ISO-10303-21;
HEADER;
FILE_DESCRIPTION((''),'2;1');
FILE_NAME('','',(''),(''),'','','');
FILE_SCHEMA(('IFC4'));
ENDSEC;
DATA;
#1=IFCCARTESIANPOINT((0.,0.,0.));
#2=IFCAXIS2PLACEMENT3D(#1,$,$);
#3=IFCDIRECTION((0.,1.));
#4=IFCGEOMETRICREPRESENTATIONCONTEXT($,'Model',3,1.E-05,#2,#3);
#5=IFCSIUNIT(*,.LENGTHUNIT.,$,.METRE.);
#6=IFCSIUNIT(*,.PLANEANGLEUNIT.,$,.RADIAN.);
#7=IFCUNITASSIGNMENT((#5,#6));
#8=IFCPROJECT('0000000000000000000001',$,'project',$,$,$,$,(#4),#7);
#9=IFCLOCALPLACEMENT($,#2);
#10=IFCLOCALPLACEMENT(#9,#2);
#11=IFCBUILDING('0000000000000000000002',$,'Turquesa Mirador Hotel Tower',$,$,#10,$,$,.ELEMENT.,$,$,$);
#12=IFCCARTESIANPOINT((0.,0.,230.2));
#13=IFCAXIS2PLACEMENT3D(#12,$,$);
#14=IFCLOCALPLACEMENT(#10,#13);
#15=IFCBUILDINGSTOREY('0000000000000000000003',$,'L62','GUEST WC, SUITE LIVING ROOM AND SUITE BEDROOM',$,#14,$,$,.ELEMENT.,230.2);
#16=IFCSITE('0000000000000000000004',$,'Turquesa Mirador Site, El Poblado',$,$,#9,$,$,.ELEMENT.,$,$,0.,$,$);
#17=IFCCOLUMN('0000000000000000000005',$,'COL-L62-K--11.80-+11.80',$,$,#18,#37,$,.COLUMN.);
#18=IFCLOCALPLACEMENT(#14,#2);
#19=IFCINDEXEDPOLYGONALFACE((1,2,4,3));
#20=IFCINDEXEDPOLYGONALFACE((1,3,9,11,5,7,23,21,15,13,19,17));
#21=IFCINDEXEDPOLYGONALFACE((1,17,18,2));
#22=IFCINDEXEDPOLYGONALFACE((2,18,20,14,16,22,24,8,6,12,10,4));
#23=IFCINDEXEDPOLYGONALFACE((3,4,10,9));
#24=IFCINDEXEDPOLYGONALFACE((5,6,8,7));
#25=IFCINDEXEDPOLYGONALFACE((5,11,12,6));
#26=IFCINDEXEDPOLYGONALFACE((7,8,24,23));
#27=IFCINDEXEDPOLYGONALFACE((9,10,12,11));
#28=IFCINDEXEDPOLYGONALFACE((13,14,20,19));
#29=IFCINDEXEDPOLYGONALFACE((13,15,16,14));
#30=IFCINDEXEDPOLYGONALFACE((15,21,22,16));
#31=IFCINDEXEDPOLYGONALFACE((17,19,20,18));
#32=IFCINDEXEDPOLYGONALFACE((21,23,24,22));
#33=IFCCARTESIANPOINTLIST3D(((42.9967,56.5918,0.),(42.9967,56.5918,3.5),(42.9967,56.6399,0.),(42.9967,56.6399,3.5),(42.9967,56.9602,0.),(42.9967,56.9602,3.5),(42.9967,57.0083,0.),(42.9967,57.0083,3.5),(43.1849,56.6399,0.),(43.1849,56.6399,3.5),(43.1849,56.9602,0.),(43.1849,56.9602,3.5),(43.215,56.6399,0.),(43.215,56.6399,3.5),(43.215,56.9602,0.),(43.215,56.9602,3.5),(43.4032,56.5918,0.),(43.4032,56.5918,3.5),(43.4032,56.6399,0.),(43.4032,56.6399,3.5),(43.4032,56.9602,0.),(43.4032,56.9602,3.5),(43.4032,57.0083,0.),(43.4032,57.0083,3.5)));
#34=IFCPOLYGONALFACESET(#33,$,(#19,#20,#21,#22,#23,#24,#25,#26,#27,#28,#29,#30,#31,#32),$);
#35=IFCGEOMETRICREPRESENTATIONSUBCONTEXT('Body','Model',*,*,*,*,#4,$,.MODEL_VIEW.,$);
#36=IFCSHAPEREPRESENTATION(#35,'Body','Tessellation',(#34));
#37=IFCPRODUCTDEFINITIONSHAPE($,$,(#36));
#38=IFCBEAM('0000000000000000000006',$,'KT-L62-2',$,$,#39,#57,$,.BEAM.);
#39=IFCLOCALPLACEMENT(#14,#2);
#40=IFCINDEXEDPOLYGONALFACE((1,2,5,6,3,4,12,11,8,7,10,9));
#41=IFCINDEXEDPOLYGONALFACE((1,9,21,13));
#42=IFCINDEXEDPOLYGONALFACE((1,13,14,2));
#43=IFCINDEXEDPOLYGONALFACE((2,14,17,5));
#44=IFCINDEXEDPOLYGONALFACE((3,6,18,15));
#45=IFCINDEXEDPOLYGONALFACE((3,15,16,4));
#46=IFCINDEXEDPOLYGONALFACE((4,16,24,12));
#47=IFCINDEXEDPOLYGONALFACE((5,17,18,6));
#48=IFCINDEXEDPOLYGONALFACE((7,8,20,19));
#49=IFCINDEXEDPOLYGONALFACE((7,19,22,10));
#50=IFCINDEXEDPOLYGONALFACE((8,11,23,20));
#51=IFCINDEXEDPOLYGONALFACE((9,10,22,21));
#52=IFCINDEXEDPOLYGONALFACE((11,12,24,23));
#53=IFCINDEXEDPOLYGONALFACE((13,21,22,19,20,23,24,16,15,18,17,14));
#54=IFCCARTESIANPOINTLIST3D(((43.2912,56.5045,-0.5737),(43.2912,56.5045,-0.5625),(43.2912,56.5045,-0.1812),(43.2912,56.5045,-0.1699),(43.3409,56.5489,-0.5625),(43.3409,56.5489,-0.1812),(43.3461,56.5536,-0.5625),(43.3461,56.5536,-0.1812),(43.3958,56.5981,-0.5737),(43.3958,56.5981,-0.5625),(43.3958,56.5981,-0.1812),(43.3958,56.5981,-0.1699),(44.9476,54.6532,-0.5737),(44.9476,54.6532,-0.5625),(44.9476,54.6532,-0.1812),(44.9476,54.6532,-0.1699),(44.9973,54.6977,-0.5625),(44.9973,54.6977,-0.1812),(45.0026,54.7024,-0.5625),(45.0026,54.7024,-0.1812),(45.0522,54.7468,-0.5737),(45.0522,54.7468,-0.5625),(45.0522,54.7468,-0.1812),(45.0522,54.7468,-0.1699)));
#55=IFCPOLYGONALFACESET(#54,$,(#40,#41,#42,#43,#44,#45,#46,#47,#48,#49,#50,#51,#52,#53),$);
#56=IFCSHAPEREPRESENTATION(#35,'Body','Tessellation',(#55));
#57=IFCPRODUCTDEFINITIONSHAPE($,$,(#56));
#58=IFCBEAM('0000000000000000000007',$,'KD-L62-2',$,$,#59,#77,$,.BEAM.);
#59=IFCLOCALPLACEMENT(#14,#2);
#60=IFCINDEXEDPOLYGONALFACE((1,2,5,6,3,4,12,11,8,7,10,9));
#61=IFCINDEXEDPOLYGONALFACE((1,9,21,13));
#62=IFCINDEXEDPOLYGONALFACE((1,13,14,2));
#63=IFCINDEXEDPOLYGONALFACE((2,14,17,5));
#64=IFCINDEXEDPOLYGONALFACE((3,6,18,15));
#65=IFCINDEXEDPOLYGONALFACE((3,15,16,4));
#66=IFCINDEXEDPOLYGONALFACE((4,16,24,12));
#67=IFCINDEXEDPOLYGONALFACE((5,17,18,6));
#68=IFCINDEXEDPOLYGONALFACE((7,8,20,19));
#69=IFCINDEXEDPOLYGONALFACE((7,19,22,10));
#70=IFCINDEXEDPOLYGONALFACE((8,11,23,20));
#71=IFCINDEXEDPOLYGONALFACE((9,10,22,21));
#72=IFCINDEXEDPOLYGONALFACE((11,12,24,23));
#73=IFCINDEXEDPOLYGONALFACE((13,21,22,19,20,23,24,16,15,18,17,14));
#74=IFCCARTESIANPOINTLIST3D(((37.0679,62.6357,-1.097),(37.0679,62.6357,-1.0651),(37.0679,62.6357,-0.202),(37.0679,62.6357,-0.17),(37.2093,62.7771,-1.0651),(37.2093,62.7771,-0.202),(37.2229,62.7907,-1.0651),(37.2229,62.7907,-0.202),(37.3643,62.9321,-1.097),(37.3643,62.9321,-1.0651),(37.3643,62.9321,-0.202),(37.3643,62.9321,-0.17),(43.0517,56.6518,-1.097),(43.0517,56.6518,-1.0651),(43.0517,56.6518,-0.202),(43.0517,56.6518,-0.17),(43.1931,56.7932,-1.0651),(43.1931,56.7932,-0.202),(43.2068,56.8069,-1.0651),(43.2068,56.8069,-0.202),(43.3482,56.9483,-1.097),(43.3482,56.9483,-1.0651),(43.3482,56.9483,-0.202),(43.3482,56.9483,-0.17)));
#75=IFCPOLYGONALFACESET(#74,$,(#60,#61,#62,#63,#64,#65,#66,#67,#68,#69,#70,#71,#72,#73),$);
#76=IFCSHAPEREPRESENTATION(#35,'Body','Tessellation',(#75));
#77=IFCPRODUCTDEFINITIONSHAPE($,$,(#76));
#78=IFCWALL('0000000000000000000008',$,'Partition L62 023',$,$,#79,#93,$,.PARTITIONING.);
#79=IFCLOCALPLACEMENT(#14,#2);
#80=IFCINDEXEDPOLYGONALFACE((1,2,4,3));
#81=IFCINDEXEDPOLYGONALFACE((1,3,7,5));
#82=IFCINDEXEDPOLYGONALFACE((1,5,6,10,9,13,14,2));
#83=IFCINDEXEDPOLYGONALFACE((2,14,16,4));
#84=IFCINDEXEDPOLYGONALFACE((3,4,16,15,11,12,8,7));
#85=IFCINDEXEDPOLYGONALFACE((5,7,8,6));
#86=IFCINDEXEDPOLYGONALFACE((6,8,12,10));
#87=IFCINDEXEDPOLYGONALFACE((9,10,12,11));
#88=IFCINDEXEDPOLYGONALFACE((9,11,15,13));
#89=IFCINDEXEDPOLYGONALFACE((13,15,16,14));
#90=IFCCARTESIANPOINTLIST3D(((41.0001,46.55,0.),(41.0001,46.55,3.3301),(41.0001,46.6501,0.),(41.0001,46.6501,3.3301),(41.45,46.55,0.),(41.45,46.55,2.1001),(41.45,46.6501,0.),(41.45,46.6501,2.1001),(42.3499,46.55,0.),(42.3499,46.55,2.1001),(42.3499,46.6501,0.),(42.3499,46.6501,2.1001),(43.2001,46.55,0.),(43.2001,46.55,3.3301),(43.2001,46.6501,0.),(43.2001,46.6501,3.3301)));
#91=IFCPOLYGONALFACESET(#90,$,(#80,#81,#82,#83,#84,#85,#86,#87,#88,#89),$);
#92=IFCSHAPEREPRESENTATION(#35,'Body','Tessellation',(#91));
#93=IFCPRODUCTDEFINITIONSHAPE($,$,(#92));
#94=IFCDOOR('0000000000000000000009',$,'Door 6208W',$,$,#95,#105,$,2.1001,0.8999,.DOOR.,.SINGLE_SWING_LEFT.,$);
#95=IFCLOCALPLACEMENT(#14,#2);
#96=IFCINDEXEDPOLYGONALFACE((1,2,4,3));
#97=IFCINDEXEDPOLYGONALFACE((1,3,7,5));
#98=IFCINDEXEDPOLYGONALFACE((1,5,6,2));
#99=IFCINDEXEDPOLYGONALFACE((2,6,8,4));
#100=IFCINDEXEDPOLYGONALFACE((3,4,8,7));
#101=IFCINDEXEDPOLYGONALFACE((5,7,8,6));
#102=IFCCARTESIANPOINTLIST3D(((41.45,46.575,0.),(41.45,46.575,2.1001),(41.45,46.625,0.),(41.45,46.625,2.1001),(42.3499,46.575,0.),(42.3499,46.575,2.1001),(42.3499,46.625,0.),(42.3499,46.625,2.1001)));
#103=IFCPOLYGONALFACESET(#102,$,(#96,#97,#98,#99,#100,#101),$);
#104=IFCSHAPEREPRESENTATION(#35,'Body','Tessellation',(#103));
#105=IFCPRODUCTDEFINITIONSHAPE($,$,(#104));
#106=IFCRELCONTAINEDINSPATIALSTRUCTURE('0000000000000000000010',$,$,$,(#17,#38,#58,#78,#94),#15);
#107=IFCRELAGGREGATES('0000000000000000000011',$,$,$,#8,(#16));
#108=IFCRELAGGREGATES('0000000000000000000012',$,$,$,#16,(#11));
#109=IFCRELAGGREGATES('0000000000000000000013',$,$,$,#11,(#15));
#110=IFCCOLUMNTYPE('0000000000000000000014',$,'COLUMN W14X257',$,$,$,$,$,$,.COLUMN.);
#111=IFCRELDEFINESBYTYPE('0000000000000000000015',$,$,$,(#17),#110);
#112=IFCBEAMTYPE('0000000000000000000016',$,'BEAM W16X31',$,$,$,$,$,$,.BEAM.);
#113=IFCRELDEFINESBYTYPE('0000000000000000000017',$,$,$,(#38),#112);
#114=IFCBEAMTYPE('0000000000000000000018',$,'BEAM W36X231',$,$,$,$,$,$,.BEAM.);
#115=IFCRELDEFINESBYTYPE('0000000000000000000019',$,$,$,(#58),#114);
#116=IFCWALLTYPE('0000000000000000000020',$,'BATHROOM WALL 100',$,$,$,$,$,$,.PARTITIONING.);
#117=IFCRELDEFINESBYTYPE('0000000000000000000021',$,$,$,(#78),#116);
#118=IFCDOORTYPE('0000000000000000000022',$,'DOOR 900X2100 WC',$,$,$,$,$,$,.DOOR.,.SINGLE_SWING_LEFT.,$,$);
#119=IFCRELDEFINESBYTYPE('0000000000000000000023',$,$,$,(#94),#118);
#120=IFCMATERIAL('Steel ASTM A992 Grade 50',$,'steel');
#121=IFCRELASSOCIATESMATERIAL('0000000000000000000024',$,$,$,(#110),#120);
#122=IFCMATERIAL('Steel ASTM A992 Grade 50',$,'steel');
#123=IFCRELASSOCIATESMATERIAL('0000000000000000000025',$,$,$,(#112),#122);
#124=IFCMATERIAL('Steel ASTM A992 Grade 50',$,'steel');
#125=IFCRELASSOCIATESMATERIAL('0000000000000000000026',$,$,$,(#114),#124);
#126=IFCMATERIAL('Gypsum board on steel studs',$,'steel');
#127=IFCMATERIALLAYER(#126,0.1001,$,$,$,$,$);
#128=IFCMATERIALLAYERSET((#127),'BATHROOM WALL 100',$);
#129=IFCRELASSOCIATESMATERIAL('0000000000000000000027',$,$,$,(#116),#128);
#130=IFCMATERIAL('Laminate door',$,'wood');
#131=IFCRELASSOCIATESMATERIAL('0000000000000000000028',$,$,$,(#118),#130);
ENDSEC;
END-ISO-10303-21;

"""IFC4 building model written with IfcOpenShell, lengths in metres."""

from ifc_helpers import new_model, si_unit, direction, frame, frame_2d, origin, origin_2d, place, context, subcontext, project, spatial, rectangle, i_section, extrude, material, layer, layer_set, material_profile, profile_set, type_object, element, fill, save


model = new_model("IFC4")

# Units and contexts
model_context = context("Model", 3, precision=1e-05, world=origin(), true_north=direction((0.0, 1.0)))
body_context = subcontext(model_context, "Body", "Model", "MODEL_VIEW")
ifc_project = project(units=[si_unit("LENGTHUNIT", "METRE"), si_unit("PLANEANGLEUNIT", "RADIAN")], contexts=[model_context])

# Site, building, storey
site_placement = place(None, origin())
site = spatial("IfcSite", under=ifc_project, at=site_placement, Name="Turquesa Mirador Site, El Poblado", CompositionType="ELEMENT", RefElevation=0.0)
building_placement = place(site_placement, origin())
building = spatial("IfcBuilding", under=site, at=building_placement, Name="Turquesa Mirador Hotel Tower", CompositionType="ELEMENT")
storey_placement = place(building_placement, frame((0.0, 0.0, 230.2)))
storey = spatial("IfcBuildingStorey", under=building, at=storey_placement, Name="L62", Description="GUEST WC, SUITE LIVING ROOM AND SUITE BEDROOM", CompositionType="ELEMENT", Elevation=230.2)

# Column
ifc_material_1 = material(Name="Steel ASTM A992 Grade 50", Category="steel")
ifc_material_profile_1 = material_profile(ifc_material_1, i_section(OverallWidth=0.4065, OverallDepth=0.4165, WebThickness=0.03, FlangeThickness=0.0481, at=origin_2d()), Name="W14X257")
ifc_profile_set_1 = profile_set([ifc_material_profile_1], Name="Steel ASTM A992 Grade 50")
column_type = type_object("IfcColumnType", Name="COLUMN W14X257", PredefinedType="COLUMN", material=ifc_profile_set_1)
column_placement = place(storey_placement, frame((43.2, 56.8, 0.0), z_axis=(0.0, 0.0, 1.0), x_axis=(1.0, 0.0, 0.0)))
element("IfcColumn", 1, at=column_placement, inside=storey, type_object=column_type, Name="COL-L62-K--11.80-+11.80", PredefinedType="COLUMN", context=body_context, shape_type="SweptSolid", body=[
    extrude(i_section(OverallWidth=0.4065, OverallDepth=0.4165, WebThickness=0.03, FlangeThickness=0.0481, at=origin_2d()), origin(), (0.0, 0.0, 1.0), 3.5),
])

# Beams
ifc_material_2 = material(Name="Steel ASTM A992 Grade 50", Category="steel")
ifc_material_profile_2 = material_profile(ifc_material_2, i_section(OverallWidth=0.1404, OverallDepth=0.4038, WebThickness=0.0071, FlangeThickness=0.0112, at=origin_2d()), Name="W16X31")
ifc_profile_set_2 = profile_set([ifc_material_profile_2], Name="Steel ASTM A992 Grade 50")
beam_type_1 = type_object("IfcBeamType", Name="BEAM W16X31", PredefinedType="BEAM", material=ifc_profile_set_2)
beam_1_placement = place(storey_placement, frame((43.3435, 56.5513, -0.3718), z_axis=(0.666806, -0.745231, 0.0), x_axis=(0.745231, 0.666806, 0.0)))
element("IfcBeam", 2, at=beam_1_placement, inside=storey, type_object=beam_type_1, Name="KT-L62-2", PredefinedType="BEAM", context=body_context, shape_type="SweptSolid", body=[
    extrude(i_section(OverallWidth=0.1404, OverallDepth=0.4038, WebThickness=0.0071, FlangeThickness=0.0112, at=origin_2d()), origin(), (0.0, 0.0, 1.0), 2.4841),
])
ifc_material_3 = material(Name="Steel ASTM A992 Grade 50", Category="steel")
ifc_material_profile_3 = material_profile(ifc_material_3, i_section(OverallWidth=0.4192, OverallDepth=0.927, WebThickness=0.0193, FlangeThickness=0.032, at=origin_2d()), Name="W36X231")
ifc_profile_set_3 = profile_set([ifc_material_profile_3], Name="Steel ASTM A992 Grade 50")
beam_type_2 = type_object("IfcBeamType", Name="BEAM W36X231", PredefinedType="BEAM", material=ifc_profile_set_3)
beam_2_placement = place(storey_placement, frame((43.2, 56.8, -0.6335), z_axis=(-0.707107, 0.707107, 0.0), x_axis=(-0.707107, -0.707107, 0.0)))
element("IfcBeam", 3, at=beam_2_placement, inside=storey, type_object=beam_type_2, Name="KD-L62-2", PredefinedType="BEAM", context=body_context, shape_type="SweptSolid", body=[
    extrude(i_section(OverallWidth=0.4192, OverallDepth=0.927, WebThickness=0.0193, FlangeThickness=0.032, at=origin_2d()), origin(), (0.0, 0.0, 1.0), 8.4624),
])

# Wall, opening, door
ifc_material_4 = material(Name="Gypsum board on steel studs", Category="steel")
ifc_layer_1 = layer(ifc_material_4, 0.1001)
ifc_layer_set_1 = layer_set([ifc_layer_1], Name="BATHROOM WALL 100")
wall_type_1 = type_object("IfcWallType", Name="BATHROOM WALL 100", PredefinedType="PARTITIONING", material=ifc_layer_set_1)
wall_1_placement = place(storey_placement, frame((41.0, 46.6001, 0.0), z_axis=(0.0, 0.0, 1.0), x_axis=(1.0, 0.0, 0.0)))
wall_1 = element("IfcWall", 4, at=wall_1_placement, inside=storey, type_object=wall_type_1, Name="Partition L62 023", PredefinedType="PARTITIONING", context=body_context, shape_type="SweptSolid", body=[
    extrude(rectangle(XDim=2.2, YDim=0.1001, at=frame_2d((1.1001, 0.0))), origin(), (0.0, 0.0, 1.0), 3.3301),
])
opening_1_placement = place(wall_1_placement, frame((0.45, 0.0, 0.0)))
opening_1 = element("IfcOpeningElement", 5, at=opening_1_placement, cuts=wall_1, PredefinedType="OPENING", context=body_context, shape_type="SweptSolid", body=[
    extrude(rectangle(XDim=0.8999, YDim=2.1001, at=frame_2d((0.45, 1.05))), frame((0.0, 0.0601, 0.0), z_axis=(0.0, -1.0, 0.0), x_axis=(1.0, 0.0, 0.0)), (0.0, 0.0, 1.0), 0.1201),
])
ifc_material_5 = material(Name="Laminate door", Category="wood")
door_type_1 = type_object("IfcDoorType", Name="DOOR 900X2100 WC", OperationType="SINGLE_SWING_LEFT", PredefinedType="DOOR", material=ifc_material_5)
door_1_placement = place(opening_1_placement, origin())
door_1 = element("IfcDoor", 6, at=door_1_placement, inside=storey, type_object=door_type_1, Name="Door 6208W", OperationType="SINGLE_SWING_LEFT", OverallHeight=2.1001, OverallWidth=0.8999, PredefinedType="DOOR", context=body_context, shape_type="SweptSolid", body=[
    extrude(rectangle(XDim=0.8999, YDim=2.1001, at=frame_2d((0.45, 1.05))), frame((0.0, 0.0249, 0.0), z_axis=(0.0, -1.0, 0.0), x_axis=(1.0, 0.0, 0.0)), (0.0, 0.0, 1.0), 0.05),
])
fill(opening_1, door_1)

save(model, "model.ifc")
